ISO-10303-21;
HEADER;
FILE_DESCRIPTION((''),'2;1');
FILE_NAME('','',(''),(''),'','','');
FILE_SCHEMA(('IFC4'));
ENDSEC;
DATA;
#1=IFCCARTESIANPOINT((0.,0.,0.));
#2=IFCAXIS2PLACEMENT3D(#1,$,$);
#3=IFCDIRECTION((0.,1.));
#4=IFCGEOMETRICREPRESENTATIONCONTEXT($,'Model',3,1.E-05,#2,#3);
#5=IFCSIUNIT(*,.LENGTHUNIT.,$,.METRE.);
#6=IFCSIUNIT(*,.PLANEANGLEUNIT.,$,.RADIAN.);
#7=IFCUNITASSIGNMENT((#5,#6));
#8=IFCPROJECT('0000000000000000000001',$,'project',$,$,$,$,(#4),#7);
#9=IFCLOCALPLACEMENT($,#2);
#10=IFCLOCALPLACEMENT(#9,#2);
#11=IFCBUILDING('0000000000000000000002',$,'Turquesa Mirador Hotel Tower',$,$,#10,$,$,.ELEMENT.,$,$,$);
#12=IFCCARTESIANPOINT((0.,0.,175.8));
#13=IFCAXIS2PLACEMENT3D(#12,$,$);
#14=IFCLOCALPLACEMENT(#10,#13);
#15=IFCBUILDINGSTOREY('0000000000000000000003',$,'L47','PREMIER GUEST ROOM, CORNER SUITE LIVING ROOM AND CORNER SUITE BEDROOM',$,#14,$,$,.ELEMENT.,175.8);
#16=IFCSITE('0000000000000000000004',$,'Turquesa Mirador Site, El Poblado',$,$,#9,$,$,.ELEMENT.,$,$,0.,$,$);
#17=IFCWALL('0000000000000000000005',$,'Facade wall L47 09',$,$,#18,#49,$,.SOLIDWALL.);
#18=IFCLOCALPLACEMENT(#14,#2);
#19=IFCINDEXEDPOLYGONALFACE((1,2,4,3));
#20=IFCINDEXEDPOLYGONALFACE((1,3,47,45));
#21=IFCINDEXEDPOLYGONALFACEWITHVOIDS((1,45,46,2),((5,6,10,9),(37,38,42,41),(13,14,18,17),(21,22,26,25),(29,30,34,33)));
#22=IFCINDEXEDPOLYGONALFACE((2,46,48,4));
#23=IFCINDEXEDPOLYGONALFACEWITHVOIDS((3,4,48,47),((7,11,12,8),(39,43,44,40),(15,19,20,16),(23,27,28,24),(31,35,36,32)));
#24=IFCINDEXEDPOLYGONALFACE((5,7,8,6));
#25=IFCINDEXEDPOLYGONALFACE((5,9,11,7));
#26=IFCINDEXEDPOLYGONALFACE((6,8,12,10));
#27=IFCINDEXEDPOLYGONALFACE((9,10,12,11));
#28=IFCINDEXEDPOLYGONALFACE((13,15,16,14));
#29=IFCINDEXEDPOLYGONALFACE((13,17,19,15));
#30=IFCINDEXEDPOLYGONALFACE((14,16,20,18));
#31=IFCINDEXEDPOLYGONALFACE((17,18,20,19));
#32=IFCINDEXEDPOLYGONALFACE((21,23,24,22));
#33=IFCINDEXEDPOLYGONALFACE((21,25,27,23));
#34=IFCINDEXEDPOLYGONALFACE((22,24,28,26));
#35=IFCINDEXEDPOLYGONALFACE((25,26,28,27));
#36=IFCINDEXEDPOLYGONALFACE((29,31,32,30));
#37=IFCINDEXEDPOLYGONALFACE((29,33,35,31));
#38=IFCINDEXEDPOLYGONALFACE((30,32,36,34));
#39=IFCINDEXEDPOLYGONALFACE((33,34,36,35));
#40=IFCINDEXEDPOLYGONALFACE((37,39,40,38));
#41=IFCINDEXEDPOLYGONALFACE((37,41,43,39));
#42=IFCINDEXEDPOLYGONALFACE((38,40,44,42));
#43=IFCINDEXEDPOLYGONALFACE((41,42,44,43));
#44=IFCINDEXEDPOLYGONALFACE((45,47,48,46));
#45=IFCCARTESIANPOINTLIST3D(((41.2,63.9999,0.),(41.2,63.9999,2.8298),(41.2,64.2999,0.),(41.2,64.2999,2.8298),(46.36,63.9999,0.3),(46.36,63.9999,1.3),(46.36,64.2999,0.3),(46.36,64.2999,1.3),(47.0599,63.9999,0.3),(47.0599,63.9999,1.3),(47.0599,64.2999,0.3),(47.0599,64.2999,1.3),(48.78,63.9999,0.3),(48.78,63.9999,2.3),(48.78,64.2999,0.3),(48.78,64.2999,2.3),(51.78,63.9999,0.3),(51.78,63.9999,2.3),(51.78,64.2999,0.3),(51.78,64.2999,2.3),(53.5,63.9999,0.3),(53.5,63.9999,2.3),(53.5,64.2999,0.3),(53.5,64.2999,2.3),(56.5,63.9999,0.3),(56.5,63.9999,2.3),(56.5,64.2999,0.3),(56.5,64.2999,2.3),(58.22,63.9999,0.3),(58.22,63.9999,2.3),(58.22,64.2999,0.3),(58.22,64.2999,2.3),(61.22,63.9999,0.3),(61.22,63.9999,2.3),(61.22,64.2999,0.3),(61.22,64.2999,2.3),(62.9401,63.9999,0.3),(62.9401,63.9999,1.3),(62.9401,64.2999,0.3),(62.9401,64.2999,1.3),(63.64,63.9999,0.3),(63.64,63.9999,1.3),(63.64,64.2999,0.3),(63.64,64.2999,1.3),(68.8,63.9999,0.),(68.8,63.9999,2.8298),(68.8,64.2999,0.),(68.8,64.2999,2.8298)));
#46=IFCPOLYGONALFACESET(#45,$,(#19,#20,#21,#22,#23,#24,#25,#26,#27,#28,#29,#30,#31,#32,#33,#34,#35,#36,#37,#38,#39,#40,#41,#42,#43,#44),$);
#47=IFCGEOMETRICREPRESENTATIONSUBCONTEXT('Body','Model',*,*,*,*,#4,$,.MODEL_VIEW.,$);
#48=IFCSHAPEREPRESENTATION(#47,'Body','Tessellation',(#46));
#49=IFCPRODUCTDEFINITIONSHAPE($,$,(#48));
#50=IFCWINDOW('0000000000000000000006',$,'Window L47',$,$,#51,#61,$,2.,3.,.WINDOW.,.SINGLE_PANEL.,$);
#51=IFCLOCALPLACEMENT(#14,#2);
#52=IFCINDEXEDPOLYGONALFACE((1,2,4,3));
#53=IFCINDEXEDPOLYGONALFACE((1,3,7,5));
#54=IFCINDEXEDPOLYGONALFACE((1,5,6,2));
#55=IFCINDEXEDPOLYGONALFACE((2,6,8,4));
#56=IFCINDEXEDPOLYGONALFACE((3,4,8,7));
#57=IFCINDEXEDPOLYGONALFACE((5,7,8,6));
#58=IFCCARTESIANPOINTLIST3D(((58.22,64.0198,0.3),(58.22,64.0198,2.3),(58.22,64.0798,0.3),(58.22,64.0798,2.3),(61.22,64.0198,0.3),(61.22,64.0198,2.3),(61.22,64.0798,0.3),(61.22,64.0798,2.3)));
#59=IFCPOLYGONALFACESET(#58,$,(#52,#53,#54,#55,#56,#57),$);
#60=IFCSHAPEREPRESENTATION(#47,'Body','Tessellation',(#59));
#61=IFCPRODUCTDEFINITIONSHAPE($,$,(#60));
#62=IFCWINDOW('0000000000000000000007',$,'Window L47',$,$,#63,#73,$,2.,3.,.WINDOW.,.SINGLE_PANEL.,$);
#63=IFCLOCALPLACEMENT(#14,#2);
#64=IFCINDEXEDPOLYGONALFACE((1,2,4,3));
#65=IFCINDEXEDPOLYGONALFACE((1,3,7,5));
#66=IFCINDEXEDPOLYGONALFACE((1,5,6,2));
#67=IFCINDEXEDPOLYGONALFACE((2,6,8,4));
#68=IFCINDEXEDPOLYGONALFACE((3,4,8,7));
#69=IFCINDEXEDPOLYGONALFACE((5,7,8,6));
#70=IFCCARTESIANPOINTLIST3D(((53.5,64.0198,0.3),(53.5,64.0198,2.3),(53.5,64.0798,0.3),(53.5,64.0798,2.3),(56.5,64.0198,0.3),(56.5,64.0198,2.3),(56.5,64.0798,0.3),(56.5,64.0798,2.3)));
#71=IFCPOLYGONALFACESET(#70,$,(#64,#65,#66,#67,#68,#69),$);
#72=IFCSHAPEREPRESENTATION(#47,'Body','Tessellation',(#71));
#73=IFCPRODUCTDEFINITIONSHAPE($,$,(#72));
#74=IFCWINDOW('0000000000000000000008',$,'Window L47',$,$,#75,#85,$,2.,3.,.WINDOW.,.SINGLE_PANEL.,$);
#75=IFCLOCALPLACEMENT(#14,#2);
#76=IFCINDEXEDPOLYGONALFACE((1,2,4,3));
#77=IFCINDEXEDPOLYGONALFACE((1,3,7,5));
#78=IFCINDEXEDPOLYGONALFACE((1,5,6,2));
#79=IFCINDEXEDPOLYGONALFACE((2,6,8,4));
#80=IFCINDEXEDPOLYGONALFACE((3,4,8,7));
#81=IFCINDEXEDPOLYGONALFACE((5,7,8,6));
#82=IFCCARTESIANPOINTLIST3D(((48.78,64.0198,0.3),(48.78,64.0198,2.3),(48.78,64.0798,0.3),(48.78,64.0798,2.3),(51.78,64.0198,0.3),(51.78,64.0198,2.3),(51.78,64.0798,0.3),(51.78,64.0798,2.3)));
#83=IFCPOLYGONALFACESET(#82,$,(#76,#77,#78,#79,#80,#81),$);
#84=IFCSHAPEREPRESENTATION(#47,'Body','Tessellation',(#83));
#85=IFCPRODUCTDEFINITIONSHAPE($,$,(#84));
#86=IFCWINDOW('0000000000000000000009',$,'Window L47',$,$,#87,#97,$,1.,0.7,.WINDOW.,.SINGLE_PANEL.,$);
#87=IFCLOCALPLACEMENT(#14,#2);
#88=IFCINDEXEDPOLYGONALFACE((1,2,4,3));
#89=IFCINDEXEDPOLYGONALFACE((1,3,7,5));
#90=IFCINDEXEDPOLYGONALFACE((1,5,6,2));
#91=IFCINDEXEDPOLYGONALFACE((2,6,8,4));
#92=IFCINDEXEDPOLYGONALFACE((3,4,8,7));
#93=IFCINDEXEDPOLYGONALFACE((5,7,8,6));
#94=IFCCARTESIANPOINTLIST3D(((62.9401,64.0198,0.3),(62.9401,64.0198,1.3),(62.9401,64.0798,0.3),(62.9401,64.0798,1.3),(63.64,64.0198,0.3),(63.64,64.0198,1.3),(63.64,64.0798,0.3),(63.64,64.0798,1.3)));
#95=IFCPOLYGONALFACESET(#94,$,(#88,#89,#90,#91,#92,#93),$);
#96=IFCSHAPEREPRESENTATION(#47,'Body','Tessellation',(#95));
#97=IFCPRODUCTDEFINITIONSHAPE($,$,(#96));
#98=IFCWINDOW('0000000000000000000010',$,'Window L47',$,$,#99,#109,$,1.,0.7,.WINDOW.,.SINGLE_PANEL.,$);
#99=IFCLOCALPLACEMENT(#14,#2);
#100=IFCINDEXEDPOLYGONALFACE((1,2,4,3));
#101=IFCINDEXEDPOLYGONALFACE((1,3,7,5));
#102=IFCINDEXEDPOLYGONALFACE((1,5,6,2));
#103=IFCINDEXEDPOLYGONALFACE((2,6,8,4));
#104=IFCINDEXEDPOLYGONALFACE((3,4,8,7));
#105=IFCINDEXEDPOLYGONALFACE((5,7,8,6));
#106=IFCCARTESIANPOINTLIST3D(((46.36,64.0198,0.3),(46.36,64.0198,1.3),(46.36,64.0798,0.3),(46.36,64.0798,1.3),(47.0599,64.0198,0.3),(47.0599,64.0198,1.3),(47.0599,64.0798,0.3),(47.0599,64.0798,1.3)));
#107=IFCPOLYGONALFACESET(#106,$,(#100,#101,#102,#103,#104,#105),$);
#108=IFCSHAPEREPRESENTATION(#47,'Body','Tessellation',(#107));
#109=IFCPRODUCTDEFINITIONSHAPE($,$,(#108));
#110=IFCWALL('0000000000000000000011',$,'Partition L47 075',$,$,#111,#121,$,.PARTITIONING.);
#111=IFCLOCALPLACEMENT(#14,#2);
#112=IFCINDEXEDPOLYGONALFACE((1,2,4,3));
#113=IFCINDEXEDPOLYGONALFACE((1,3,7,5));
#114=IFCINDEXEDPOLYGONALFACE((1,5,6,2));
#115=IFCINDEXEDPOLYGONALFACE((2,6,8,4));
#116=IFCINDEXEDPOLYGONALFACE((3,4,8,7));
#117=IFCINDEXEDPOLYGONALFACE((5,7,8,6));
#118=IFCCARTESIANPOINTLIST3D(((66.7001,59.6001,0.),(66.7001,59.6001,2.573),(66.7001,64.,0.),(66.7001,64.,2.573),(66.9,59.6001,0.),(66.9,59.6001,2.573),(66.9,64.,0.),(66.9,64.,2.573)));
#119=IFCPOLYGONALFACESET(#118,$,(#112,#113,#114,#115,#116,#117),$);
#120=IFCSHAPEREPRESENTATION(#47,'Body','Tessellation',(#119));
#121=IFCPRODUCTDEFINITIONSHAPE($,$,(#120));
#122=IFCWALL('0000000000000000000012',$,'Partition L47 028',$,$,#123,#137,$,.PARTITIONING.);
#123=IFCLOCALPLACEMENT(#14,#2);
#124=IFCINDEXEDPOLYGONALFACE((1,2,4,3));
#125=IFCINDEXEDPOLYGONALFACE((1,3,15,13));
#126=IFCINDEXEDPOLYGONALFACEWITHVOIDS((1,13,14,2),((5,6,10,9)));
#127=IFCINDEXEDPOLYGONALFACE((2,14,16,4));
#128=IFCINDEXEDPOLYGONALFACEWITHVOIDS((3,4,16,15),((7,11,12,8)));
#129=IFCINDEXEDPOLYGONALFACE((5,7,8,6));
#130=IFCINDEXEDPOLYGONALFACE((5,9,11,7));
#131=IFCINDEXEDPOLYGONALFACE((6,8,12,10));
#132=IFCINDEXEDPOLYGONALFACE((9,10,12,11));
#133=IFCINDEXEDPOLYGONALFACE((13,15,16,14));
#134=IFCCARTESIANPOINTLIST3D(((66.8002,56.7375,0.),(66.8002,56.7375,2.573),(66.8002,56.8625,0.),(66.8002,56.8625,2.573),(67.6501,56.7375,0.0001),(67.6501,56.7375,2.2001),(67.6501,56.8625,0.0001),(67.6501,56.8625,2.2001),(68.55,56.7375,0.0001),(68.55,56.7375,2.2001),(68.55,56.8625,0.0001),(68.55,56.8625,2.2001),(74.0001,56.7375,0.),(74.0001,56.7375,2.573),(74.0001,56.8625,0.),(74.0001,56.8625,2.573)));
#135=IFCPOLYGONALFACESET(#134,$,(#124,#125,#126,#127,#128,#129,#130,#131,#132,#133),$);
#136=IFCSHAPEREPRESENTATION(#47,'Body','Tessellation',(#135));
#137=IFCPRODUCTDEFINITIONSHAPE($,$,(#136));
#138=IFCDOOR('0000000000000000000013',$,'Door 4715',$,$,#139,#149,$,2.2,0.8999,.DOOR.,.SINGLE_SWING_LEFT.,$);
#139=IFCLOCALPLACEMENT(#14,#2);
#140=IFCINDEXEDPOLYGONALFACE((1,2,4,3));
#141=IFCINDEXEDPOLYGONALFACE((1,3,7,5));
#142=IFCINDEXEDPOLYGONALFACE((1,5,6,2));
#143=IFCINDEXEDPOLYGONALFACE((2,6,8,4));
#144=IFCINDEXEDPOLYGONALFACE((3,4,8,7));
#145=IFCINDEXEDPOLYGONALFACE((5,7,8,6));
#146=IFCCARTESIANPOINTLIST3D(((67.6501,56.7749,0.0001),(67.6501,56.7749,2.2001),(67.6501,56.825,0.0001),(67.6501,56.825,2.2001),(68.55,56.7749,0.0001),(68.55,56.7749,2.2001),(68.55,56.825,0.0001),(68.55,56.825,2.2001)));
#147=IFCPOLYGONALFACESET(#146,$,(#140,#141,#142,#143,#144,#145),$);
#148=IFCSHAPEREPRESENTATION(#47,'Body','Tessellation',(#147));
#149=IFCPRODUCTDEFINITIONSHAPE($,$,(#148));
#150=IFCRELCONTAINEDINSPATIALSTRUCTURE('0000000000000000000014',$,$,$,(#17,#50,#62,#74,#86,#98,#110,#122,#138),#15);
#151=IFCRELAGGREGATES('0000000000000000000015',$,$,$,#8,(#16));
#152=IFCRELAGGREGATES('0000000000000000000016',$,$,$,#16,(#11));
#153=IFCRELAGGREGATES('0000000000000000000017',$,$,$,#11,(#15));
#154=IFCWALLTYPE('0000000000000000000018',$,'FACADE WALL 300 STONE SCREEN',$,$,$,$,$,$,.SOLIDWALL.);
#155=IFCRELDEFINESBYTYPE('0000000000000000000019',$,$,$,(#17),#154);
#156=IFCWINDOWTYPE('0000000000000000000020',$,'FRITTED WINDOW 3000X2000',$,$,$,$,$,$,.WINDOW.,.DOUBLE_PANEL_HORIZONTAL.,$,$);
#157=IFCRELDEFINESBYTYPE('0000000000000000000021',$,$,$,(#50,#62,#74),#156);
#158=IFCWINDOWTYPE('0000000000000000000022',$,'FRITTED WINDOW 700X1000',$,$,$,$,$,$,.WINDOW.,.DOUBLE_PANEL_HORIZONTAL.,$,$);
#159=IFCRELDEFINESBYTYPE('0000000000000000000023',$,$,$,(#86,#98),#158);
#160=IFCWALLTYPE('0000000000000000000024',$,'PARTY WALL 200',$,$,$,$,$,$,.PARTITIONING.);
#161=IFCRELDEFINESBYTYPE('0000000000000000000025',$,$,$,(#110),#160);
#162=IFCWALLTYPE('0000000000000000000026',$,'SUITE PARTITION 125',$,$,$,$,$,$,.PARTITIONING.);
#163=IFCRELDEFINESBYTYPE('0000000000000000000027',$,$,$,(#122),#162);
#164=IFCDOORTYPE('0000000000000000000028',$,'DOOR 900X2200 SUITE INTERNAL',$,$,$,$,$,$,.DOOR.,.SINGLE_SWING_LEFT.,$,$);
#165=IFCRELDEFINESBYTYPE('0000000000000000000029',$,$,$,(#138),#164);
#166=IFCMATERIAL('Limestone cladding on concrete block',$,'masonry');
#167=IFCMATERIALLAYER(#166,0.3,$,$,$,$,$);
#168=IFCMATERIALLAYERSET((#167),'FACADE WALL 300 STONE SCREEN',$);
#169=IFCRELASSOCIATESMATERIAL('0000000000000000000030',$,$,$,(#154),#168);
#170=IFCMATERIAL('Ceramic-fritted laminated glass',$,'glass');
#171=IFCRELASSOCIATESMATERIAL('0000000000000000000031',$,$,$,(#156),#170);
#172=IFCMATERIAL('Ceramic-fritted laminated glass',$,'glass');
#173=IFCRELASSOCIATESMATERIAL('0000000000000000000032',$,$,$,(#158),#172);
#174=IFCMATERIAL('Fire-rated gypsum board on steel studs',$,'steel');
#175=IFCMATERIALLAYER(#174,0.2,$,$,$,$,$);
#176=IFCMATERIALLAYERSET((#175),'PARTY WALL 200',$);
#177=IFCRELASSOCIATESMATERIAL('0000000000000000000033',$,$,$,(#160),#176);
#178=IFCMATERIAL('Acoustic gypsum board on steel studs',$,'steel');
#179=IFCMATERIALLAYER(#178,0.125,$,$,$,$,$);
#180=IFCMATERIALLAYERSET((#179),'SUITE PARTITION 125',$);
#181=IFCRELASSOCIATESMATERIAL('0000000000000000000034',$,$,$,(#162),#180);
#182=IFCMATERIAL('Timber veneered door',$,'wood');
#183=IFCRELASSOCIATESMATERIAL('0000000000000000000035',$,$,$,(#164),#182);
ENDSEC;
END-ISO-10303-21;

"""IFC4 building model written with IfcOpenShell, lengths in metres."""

from ifc_helpers import new_model, si_unit, direction, frame, frame_2d, origin, place, context, subcontext, project, spatial, rectangle, extrude, material, layer, layer_set, type_object, element, fill, save


model = new_model("IFC4")

# Units and contexts
model_context = context("Model", 3, precision=1e-05, world=origin(), true_north=direction((0.0, 1.0)))
body_context = subcontext(model_context, "Body", "Model", "MODEL_VIEW")
ifc_project = project(units=[si_unit("LENGTHUNIT", "METRE"), si_unit("PLANEANGLEUNIT", "RADIAN")], contexts=[model_context])

# Site, building, storey
site_placement = place(None, origin())
site = spatial("IfcSite", under=ifc_project, at=site_placement, Name="Turquesa Mirador Site, El Poblado", CompositionType="ELEMENT", RefElevation=0.0)
building_placement = place(site_placement, origin())
building = spatial("IfcBuilding", under=site, at=building_placement, Name="Turquesa Mirador Hotel Tower", CompositionType="ELEMENT")
storey_placement = place(building_placement, frame((0.0, 0.0, 175.8)))
storey = spatial("IfcBuildingStorey", under=building, at=storey_placement, Name="L47", Description="PREMIER GUEST ROOM, CORNER SUITE LIVING ROOM AND CORNER SUITE BEDROOM", CompositionType="ELEMENT", Elevation=175.8)

# Shared definitions
ifc_material_1 = material(Name="Limestone cladding on concrete block", Category="masonry")
ifc_layer_1 = layer(ifc_material_1, 0.3)
ifc_layer_set_1 = layer_set([ifc_layer_1], Name="FACADE WALL 300 STONE SCREEN")
wall_type_1 = type_object("IfcWallType", Name="FACADE WALL 300 STONE SCREEN", PredefinedType="SOLIDWALL", material=ifc_layer_set_1)

# Wall, openings, windows
wall_1_placement = place(storey_placement, frame((68.8, 64.1499, 0.0), z_axis=(0.0, 0.0, 1.0), x_axis=(-1.0, 0.0, 0.0)))
wall_1 = element("IfcWall", 1, at=wall_1_placement, inside=storey, type_object=wall_type_1, Name="Facade wall L47 09", PredefinedType="SOLIDWALL", context=body_context, shape_type="SweptSolid", body=[
    extrude(rectangle(XDim=27.6001, YDim=0.3, at=frame_2d((13.8, 0.0))), origin(), (0.0, 0.0, 1.0), 2.8298),
])
opening_1_placement = place(wall_1_placement, frame((5.1599, 0.0, 0.3)))
opening_1 = element("IfcOpeningElement", 2, at=opening_1_placement, cuts=wall_1, PredefinedType="OPENING", context=body_context, shape_type="SweptSolid", body=[
    extrude(rectangle(XDim=0.7, YDim=1.0, at=frame_2d((0.3501, 0.5))), frame((0.0, 0.1599, 0.0), z_axis=(0.0, -1.0, 0.0), x_axis=(1.0, 0.0, 0.0)), (0.0, 0.0, 1.0), 0.3201),
])
opening_2_placement = place(wall_1_placement, frame((7.5801, 0.0, 0.3)))
opening_2 = element("IfcOpeningElement", 3, at=opening_2_placement, cuts=wall_1, PredefinedType="OPENING", context=body_context, shape_type="SweptSolid", body=[
    extrude(rectangle(XDim=3.0, YDim=2.0, at=frame_2d((1.5, 1.0))), frame((0.0, 0.1599, 0.0), z_axis=(0.0, -1.0, 0.0), x_axis=(1.0, 0.0, 0.0)), (0.0, 0.0, 1.0), 0.3201),
])
opening_3_placement = place(wall_1_placement, frame((12.3, 0.0, 0.3)))
opening_3 = element("IfcOpeningElement", 4, at=opening_3_placement, cuts=wall_1, PredefinedType="OPENING", context=body_context, shape_type="SweptSolid", body=[
    extrude(rectangle(XDim=3.0, YDim=2.0, at=frame_2d((1.5, 1.0))), frame((0.0, 0.1599, 0.0), z_axis=(0.0, -1.0, 0.0), x_axis=(1.0, 0.0, 0.0)), (0.0, 0.0, 1.0), 0.3201),
])
opening_4_placement = place(wall_1_placement, frame((17.02, 0.0, 0.3)))
opening_4 = element("IfcOpeningElement", 5, at=opening_4_placement, cuts=wall_1, PredefinedType="OPENING", context=body_context, shape_type="SweptSolid", body=[
    extrude(rectangle(XDim=3.0, YDim=2.0, at=frame_2d((1.5, 1.0))), frame((0.0, 0.1599, 0.0), z_axis=(0.0, -1.0, 0.0), x_axis=(1.0, 0.0, 0.0)), (0.0, 0.0, 1.0), 0.3201),
])
opening_5_placement = place(wall_1_placement, frame((21.74, 0.0, 0.3)))
opening_5 = element("IfcOpeningElement", 6, at=opening_5_placement, cuts=wall_1, PredefinedType="OPENING", context=body_context, shape_type="SweptSolid", body=[
    extrude(rectangle(XDim=0.7, YDim=1.0, at=frame_2d((0.3501, 0.5))), frame((0.0, 0.1599, 0.0), z_axis=(0.0, -1.0, 0.0), x_axis=(1.0, 0.0, 0.0)), (0.0, 0.0, 1.0), 0.3201),
])
ifc_material_2 = material(Name="Ceramic-fritted laminated glass", Category="glass")
window_type_1 = type_object("IfcWindowType", Name="FRITTED WINDOW 3000X2000", PartitioningType="DOUBLE_PANEL_HORIZONTAL", PredefinedType="WINDOW", material=ifc_material_2)
window_1_placement = place(opening_2_placement, origin())
window_1 = element("IfcWindow", 7, at=window_1_placement, inside=storey, type_object=window_type_1, Name="Window L47", OverallHeight=2.0, OverallWidth=3.0, PartitioningType="SINGLE_PANEL", PredefinedType="WINDOW", context=body_context, shape_type="SweptSolid", body=[
    extrude(rectangle(XDim=3.0, YDim=2.0, at=frame_2d((1.5, 1.0))), frame((0.0, 0.1301, 0.0), z_axis=(0.0, -1.0, 0.0), x_axis=(1.0, 0.0, 0.0)), (0.0, 0.0, 1.0), 0.0601),
])
fill(opening_2, window_1)
window_2_placement = place(opening_3_placement, origin())
window_2 = element("IfcWindow", 8, at=window_2_placement, inside=storey, type_object=window_type_1, Name="Window L47", OverallHeight=2.0, OverallWidth=3.0, PartitioningType="SINGLE_PANEL", PredefinedType="WINDOW", context=body_context, shape_type="SweptSolid", body=[
    extrude(rectangle(XDim=3.0, YDim=2.0, at=frame_2d((1.5, 1.0))), frame((0.0, 0.1301, 0.0), z_axis=(0.0, -1.0, 0.0), x_axis=(1.0, 0.0, 0.0)), (0.0, 0.0, 1.0), 0.0601),
])
fill(opening_3, window_2)
window_3_placement = place(opening_4_placement, origin())
window_3 = element("IfcWindow", 9, at=window_3_placement, inside=storey, type_object=window_type_1, Name="Window L47", OverallHeight=2.0, OverallWidth=3.0, PartitioningType="SINGLE_PANEL", PredefinedType="WINDOW", context=body_context, shape_type="SweptSolid", body=[
    extrude(rectangle(XDim=3.0, YDim=2.0, at=frame_2d((1.5, 1.0))), frame((0.0, 0.1301, 0.0), z_axis=(0.0, -1.0, 0.0), x_axis=(1.0, 0.0, 0.0)), (0.0, 0.0, 1.0), 0.0601),
])
fill(opening_4, window_3)
ifc_material_3 = material(Name="Ceramic-fritted laminated glass", Category="glass")
window_type_2 = type_object("IfcWindowType", Name="FRITTED WINDOW 700X1000", PartitioningType="DOUBLE_PANEL_HORIZONTAL", PredefinedType="WINDOW", material=ifc_material_3)
window_4_placement = place(opening_1_placement, origin())
window_4 = element("IfcWindow", 10, at=window_4_placement, inside=storey, type_object=window_type_2, Name="Window L47", OverallHeight=1.0, OverallWidth=0.7, PartitioningType="SINGLE_PANEL", PredefinedType="WINDOW", context=body_context, shape_type="SweptSolid", body=[
    extrude(rectangle(XDim=0.7, YDim=1.0, at=frame_2d((0.3501, 0.5))), frame((0.0, 0.1301, 0.0), z_axis=(0.0, -1.0, 0.0), x_axis=(1.0, 0.0, 0.0)), (0.0, 0.0, 1.0), 0.0601),
])
fill(opening_1, window_4)
window_5_placement = place(opening_5_placement, origin())
window_5 = element("IfcWindow", 11, at=window_5_placement, inside=storey, type_object=window_type_2, Name="Window L47", OverallHeight=1.0, OverallWidth=0.7, PartitioningType="SINGLE_PANEL", PredefinedType="WINDOW", context=body_context, shape_type="SweptSolid", body=[
    extrude(rectangle(XDim=0.7, YDim=1.0, at=frame_2d((0.3501, 0.5))), frame((0.0, 0.1301, 0.0), z_axis=(0.0, -1.0, 0.0), x_axis=(1.0, 0.0, 0.0)), (0.0, 0.0, 1.0), 0.0601),
])
fill(opening_5, window_5)

# Wall
ifc_material_4 = material(Name="Fire-rated gypsum board on steel studs", Category="steel")
ifc_layer_2 = layer(ifc_material_4, 0.2)
ifc_layer_set_2 = layer_set([ifc_layer_2], Name="PARTY WALL 200")
wall_type_2 = type_object("IfcWallType", Name="PARTY WALL 200", PredefinedType="PARTITIONING", material=ifc_layer_set_2)
wall_2_placement = place(storey_placement, frame((66.8, 59.6001, 0.0), z_axis=(0.0, 0.0, 1.0), x_axis=(0.0, 1.0, 0.0)))
element("IfcWall", 12, at=wall_2_placement, inside=storey, type_object=wall_type_2, Name="Partition L47 075", PredefinedType="PARTITIONING", context=body_context, shape_type="SweptSolid", body=[
    extrude(rectangle(XDim=4.3999, YDim=0.2, at=frame_2d((2.2, 0.0))), origin(), (0.0, 0.0, 1.0), 2.573),
])

# Wall, opening, door
ifc_material_5 = material(Name="Acoustic gypsum board on steel studs", Category="steel")
ifc_layer_3 = layer(ifc_material_5, 0.125)
ifc_layer_set_3 = layer_set([ifc_layer_3], Name="SUITE PARTITION 125")
wall_type_3 = type_object("IfcWallType", Name="SUITE PARTITION 125", PredefinedType="PARTITIONING", material=ifc_layer_set_3)
wall_3_placement = place(storey_placement, frame((66.8, 56.8, 0.0), z_axis=(0.0, 0.0, 1.0), x_axis=(1.0, 0.0, 0.0)))
wall_3 = element("IfcWall", 13, at=wall_3_placement, inside=storey, type_object=wall_type_3, Name="Partition L47 028", PredefinedType="PARTITIONING", context=body_context, shape_type="SweptSolid", body=[
    extrude(rectangle(XDim=7.2, YDim=0.125, at=frame_2d((3.6001, 0.0))), origin(), (0.0, 0.0, 1.0), 2.573),
])
opening_6_placement = place(wall_3_placement, frame((0.8501, 0.0, 0.0)))
opening_6 = element("IfcOpeningElement", 14, at=opening_6_placement, cuts=wall_3, PredefinedType="OPENING", context=body_context, shape_type="SweptSolid", body=[
    extrude(rectangle(XDim=0.8999, YDim=2.2, at=frame_2d((0.45, 1.1001))), frame((0.0, 0.0725, 0.0), z_axis=(0.0, -1.0, 0.0), x_axis=(1.0, 0.0, 0.0)), (0.0, 0.0, 1.0), 0.145),
])
ifc_material_6 = material(Name="Timber veneered door", Category="wood")
door_type = type_object("IfcDoorType", Name="DOOR 900X2200 SUITE INTERNAL", OperationType="SINGLE_SWING_LEFT", PredefinedType="DOOR", material=ifc_material_6)
door_placement = place(opening_6_placement, origin())
door = element("IfcDoor", 15, at=door_placement, inside=storey, type_object=door_type, Name="Door 4715", OperationType="SINGLE_SWING_LEFT", OverallHeight=2.2, OverallWidth=0.8999, PredefinedType="DOOR", context=body_context, shape_type="SweptSolid", body=[
    extrude(rectangle(XDim=0.8999, YDim=2.2, at=frame_2d((0.45, 1.1001))), frame((0.0, 0.0249, 0.0), z_axis=(0.0, -1.0, 0.0), x_axis=(1.0, 0.0, 0.0)), (0.0, 0.0, 1.0), 0.05),
])
fill(opening_6, door)

save(model, "model.ifc")
